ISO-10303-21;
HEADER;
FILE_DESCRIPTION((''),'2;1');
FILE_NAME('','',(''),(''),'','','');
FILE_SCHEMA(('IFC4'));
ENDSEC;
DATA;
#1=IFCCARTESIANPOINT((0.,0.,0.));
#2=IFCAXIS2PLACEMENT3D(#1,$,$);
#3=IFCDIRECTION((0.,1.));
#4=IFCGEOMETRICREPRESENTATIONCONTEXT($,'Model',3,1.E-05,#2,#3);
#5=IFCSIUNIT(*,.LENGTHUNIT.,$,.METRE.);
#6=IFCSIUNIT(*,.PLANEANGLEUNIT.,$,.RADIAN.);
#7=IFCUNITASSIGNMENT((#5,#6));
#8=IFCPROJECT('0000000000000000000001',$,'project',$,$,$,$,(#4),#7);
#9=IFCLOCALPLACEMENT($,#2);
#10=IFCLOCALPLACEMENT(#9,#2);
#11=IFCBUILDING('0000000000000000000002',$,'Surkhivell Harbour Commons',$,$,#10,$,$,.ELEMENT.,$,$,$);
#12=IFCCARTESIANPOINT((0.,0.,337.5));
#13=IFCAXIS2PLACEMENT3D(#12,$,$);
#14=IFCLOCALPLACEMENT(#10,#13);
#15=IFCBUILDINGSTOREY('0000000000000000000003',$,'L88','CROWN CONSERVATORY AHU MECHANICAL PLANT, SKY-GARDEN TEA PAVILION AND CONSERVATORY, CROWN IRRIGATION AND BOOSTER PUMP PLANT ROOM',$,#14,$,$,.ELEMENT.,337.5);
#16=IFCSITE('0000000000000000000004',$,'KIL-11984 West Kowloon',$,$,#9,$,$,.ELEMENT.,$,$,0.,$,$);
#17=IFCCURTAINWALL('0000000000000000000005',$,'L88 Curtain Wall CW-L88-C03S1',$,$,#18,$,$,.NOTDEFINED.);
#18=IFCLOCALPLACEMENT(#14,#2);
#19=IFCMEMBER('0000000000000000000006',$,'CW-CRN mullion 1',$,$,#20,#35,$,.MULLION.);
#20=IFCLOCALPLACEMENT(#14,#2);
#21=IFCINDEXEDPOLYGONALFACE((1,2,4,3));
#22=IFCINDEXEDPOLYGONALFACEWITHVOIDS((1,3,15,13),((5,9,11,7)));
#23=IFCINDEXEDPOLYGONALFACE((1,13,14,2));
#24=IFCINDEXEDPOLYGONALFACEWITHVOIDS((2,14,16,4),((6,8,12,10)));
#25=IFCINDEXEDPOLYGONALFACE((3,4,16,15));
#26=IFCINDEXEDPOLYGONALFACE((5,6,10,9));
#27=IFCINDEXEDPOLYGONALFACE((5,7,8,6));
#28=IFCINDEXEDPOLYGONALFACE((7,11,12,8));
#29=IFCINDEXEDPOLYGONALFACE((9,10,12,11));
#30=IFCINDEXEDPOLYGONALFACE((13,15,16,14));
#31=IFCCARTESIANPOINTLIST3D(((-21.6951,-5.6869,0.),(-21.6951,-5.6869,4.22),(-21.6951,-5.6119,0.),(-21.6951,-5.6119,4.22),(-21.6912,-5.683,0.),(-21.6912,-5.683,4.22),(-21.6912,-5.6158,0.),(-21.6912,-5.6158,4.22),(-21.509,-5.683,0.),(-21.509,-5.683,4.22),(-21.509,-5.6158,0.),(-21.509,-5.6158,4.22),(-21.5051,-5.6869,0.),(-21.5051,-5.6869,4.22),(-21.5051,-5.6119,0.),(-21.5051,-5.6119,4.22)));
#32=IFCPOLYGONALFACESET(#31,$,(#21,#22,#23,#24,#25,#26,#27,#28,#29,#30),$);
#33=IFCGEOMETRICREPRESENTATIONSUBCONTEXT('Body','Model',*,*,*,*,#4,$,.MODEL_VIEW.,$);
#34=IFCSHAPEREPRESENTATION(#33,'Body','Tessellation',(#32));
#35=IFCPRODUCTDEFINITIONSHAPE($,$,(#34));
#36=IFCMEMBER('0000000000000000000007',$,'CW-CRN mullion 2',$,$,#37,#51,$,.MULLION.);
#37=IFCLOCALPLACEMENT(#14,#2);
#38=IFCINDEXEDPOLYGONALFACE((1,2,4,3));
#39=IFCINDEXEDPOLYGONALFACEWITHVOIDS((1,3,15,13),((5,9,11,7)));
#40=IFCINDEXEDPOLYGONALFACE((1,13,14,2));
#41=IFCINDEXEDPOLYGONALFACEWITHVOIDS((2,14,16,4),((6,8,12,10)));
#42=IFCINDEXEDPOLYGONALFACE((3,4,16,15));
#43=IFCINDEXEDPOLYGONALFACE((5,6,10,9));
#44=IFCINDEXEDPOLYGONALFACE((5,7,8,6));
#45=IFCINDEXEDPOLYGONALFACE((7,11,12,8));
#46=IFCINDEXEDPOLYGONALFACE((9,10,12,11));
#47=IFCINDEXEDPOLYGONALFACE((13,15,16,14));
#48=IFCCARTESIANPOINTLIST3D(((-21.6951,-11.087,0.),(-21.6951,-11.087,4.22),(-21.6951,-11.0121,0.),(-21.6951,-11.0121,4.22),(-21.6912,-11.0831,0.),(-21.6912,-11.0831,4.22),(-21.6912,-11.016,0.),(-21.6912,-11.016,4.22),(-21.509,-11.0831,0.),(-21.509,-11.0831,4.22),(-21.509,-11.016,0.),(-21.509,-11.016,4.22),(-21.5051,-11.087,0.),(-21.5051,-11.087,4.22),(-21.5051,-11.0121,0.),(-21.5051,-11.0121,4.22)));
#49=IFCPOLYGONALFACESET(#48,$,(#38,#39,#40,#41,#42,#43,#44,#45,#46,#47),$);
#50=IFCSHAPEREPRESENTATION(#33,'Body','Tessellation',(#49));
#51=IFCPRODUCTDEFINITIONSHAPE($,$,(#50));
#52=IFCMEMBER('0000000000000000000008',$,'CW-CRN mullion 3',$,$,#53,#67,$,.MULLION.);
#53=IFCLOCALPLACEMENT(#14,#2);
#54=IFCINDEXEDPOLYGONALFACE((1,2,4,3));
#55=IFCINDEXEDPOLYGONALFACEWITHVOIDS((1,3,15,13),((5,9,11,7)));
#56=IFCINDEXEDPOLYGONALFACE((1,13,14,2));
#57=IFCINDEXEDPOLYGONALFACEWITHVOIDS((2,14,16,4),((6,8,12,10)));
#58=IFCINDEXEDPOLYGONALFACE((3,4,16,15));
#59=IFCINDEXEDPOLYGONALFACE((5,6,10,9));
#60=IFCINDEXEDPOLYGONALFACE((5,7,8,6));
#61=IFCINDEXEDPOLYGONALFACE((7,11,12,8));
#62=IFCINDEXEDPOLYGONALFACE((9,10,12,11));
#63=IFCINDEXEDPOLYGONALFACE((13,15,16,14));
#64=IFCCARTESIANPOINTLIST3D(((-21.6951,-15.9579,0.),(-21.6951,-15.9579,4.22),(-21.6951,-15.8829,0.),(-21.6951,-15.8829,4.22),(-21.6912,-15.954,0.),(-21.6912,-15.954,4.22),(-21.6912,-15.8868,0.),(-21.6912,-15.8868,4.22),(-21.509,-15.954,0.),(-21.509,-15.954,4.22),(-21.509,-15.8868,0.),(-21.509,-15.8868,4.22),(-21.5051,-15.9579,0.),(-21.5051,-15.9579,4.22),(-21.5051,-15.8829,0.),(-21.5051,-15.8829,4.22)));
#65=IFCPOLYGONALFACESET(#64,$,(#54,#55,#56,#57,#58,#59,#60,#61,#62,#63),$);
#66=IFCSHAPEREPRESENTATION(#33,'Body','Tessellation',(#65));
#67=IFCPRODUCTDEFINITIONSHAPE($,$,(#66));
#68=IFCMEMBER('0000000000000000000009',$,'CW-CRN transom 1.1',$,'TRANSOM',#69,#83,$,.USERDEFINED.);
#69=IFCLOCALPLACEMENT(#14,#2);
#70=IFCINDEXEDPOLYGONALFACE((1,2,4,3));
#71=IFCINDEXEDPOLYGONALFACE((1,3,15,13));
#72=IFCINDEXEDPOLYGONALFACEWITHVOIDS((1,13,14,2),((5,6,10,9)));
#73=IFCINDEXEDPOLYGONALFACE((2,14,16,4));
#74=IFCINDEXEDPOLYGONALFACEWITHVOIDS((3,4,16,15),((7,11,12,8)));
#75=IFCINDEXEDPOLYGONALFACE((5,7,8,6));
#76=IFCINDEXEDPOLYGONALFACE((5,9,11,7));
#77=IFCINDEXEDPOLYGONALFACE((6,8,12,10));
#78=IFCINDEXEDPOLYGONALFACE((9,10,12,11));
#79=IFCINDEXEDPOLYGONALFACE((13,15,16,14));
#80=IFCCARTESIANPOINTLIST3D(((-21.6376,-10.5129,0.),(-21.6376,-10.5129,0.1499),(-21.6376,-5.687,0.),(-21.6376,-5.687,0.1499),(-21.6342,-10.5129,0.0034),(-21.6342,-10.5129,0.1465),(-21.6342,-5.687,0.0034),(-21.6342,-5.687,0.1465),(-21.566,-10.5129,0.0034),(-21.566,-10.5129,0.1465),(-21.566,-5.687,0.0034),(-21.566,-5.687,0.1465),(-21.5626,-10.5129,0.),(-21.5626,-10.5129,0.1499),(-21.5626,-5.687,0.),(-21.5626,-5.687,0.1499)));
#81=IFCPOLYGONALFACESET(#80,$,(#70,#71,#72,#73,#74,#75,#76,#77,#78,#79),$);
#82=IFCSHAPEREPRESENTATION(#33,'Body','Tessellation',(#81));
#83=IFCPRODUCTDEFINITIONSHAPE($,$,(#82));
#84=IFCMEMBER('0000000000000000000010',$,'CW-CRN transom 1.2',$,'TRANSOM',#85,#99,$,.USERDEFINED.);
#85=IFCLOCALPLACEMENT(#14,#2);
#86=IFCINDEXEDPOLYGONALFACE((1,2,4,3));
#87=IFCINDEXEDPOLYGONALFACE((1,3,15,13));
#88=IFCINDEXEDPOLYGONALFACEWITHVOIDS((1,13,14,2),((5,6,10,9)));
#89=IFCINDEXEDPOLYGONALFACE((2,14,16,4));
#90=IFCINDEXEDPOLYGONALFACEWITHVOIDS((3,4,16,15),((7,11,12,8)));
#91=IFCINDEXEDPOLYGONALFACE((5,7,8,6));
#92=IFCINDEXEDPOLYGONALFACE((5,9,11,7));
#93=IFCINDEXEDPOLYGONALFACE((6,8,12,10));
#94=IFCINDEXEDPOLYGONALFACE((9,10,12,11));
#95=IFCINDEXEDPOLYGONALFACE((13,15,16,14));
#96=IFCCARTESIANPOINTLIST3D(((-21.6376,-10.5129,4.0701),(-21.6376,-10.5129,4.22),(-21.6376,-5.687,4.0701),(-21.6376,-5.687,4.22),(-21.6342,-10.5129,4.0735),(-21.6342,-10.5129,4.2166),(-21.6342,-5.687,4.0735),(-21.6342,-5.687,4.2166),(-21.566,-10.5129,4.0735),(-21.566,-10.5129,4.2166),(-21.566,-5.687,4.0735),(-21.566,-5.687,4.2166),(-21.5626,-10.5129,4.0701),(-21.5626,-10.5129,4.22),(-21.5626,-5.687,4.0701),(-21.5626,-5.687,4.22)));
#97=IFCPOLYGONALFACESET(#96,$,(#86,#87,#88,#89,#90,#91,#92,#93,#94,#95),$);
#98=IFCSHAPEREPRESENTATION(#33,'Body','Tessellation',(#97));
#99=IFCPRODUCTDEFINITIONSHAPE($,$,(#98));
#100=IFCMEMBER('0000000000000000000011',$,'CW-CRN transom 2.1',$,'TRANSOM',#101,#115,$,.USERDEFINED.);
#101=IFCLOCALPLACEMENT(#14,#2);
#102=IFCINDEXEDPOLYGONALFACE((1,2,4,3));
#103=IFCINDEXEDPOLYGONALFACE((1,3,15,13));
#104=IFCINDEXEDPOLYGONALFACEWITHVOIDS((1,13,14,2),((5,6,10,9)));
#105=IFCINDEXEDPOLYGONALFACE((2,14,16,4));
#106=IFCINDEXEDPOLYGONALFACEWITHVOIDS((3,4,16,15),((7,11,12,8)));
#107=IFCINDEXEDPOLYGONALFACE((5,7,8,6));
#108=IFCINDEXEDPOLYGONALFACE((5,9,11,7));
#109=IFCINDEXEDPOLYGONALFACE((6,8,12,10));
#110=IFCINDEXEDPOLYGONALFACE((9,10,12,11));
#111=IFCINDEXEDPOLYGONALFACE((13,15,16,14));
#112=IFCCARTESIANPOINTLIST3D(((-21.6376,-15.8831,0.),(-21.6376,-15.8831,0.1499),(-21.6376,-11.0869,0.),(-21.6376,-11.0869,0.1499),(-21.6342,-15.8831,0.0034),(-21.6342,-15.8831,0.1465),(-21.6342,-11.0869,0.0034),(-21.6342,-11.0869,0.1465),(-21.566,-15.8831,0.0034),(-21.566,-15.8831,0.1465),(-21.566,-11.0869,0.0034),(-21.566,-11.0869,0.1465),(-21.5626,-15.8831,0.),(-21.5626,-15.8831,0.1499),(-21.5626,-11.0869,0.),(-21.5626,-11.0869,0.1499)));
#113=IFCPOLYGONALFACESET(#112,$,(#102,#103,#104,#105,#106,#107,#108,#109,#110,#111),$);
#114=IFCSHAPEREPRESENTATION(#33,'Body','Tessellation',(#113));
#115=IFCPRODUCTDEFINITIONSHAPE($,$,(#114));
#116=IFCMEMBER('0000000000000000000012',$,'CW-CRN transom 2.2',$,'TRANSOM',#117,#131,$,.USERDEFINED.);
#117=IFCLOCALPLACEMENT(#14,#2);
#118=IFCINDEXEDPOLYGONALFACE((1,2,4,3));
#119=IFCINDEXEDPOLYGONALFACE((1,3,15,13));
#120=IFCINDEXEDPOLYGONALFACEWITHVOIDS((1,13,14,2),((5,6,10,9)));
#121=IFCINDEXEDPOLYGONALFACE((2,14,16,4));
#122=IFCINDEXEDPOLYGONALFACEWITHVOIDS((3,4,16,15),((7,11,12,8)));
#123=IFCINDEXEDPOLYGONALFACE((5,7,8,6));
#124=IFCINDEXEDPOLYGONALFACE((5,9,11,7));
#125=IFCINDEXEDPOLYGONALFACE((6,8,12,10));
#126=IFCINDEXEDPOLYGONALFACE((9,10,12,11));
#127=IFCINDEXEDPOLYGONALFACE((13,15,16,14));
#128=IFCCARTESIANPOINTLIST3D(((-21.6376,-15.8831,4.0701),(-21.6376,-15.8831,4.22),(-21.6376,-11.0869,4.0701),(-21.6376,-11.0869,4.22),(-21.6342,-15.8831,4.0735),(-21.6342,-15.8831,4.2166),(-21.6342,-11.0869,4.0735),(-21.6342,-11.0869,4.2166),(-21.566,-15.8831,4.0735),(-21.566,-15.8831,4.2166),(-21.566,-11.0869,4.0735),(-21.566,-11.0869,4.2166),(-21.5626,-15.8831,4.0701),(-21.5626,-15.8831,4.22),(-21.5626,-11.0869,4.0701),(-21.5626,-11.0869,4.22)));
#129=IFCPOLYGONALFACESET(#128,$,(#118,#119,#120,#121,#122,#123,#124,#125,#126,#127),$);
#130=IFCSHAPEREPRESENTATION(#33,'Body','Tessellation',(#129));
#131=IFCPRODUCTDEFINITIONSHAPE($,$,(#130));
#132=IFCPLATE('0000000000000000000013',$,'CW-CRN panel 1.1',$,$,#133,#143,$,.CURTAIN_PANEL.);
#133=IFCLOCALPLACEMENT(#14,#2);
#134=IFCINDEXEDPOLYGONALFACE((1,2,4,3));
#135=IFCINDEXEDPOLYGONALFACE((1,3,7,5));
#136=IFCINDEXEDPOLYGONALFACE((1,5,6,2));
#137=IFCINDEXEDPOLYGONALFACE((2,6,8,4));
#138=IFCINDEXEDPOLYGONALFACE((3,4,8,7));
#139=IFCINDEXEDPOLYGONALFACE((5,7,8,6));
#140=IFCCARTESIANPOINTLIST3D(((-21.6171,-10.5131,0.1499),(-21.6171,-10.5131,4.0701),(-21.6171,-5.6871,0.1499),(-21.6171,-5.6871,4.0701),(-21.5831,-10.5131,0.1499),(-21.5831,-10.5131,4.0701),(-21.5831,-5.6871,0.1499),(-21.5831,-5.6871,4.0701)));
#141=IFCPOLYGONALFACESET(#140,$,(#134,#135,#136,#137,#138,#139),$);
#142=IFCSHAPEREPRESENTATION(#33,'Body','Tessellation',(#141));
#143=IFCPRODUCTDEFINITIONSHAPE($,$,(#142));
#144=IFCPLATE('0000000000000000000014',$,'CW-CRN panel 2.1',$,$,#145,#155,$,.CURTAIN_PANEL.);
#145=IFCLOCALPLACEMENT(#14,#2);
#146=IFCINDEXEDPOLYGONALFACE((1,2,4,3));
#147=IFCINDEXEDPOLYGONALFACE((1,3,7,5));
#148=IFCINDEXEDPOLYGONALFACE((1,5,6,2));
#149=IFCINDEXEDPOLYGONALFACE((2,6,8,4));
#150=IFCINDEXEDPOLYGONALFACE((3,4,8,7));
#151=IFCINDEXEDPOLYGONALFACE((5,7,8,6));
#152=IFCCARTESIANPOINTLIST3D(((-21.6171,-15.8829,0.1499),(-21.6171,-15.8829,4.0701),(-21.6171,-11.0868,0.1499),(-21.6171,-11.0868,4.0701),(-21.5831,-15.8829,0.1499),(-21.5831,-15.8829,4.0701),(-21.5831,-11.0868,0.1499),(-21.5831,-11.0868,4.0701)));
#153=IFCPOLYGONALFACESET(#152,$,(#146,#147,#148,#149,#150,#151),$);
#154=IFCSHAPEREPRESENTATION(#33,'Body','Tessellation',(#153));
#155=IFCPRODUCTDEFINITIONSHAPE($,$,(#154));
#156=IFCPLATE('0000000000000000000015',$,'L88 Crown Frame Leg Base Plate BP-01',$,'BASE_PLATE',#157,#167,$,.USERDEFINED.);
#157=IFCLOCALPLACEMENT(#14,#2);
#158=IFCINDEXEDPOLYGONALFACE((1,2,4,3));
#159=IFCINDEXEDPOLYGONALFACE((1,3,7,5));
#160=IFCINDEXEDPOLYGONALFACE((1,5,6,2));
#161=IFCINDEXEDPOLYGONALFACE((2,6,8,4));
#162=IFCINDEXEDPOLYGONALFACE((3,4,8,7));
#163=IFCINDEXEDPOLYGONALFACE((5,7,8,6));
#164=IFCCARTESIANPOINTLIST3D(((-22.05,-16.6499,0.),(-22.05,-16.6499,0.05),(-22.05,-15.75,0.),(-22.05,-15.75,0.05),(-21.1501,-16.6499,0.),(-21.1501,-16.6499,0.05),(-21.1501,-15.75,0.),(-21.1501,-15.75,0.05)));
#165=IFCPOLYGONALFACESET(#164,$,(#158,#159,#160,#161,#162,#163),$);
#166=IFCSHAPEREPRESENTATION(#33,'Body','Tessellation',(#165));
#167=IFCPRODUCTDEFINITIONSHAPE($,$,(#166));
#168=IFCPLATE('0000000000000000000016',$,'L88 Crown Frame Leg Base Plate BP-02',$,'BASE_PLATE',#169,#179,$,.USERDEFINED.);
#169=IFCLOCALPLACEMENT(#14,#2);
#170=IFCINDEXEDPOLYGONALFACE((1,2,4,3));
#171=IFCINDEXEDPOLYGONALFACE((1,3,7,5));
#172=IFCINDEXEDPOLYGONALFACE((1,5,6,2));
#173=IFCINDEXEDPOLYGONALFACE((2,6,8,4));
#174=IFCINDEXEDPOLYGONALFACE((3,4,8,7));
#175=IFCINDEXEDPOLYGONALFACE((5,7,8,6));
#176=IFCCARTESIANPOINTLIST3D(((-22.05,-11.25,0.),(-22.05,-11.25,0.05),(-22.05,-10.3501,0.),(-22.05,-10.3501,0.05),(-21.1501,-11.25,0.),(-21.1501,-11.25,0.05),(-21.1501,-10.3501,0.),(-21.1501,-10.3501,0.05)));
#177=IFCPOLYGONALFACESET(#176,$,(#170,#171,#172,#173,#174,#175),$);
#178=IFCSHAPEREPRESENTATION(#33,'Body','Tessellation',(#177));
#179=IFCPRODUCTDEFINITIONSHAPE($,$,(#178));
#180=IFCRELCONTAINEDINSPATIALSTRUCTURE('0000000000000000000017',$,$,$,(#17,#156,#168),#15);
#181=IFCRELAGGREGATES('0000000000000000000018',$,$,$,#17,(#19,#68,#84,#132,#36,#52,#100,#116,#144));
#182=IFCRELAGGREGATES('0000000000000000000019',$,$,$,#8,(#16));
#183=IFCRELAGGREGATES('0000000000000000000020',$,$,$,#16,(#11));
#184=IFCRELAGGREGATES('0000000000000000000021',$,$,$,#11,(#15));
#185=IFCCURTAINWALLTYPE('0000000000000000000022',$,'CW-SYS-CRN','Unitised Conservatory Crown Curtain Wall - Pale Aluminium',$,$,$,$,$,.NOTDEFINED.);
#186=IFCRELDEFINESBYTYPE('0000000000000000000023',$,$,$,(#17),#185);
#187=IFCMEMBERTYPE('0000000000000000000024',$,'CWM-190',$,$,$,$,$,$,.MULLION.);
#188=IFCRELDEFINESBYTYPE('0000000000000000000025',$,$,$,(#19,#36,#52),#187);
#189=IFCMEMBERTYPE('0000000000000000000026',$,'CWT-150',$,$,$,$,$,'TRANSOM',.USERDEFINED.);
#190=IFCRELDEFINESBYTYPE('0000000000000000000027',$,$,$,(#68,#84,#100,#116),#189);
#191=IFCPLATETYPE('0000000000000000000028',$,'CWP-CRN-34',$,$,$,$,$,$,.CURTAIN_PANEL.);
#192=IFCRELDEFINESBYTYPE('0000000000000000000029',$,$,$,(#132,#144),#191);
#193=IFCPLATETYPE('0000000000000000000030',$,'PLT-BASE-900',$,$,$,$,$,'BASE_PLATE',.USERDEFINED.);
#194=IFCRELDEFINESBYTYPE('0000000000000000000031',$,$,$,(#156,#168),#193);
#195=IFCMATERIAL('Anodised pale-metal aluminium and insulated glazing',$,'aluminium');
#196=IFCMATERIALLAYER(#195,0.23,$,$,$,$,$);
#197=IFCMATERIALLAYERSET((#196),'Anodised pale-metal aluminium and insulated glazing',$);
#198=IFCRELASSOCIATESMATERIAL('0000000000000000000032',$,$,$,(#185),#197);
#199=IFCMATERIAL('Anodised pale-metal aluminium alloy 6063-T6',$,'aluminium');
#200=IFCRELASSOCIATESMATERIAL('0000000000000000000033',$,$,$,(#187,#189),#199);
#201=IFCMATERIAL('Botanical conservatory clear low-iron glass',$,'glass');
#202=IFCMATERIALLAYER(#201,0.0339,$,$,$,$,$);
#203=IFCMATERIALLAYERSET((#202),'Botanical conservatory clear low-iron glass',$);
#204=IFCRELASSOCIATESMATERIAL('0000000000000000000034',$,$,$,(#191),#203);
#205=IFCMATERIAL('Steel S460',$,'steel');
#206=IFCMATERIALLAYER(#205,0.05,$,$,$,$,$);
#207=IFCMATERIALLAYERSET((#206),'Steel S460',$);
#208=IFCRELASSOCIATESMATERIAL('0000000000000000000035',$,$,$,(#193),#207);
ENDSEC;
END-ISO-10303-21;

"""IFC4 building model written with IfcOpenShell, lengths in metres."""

from ifc_helpers import new_model, si_unit, direction, frame, frame_2d, origin, origin_2d, place, context, subcontext, project, spatial, rectangle, hollow_rectangle, extrude, material, layer, layer_set, material_profile, profile_set, type_object, element, aggregate, save


model = new_model("IFC4")

# Units and contexts
model_context = context("Model", 3, precision=1e-05, world=origin(), true_north=direction((0.0, 1.0)))
body_context = subcontext(model_context, "Body", "Model", "MODEL_VIEW")
ifc_project = project(units=[si_unit("LENGTHUNIT", "METRE"), si_unit("PLANEANGLEUNIT", "RADIAN")], contexts=[model_context])

# Site, building, storey
site_placement = place(None, origin())
site = spatial("IfcSite", under=ifc_project, at=site_placement, Name="KIL-11984 West Kowloon", CompositionType="ELEMENT", RefElevation=0.0)
building_placement = place(site_placement, origin())
building = spatial("IfcBuilding", under=site, at=building_placement, Name="Surkhivell Harbour Commons", CompositionType="ELEMENT")
storey_placement = place(building_placement, frame((0.0, 0.0, 337.5)))
storey = spatial("IfcBuildingStorey", under=building, at=storey_placement, Name="L88", Description="CROWN CONSERVATORY AHU MECHANICAL PLANT, SKY-GARDEN TEA PAVILION AND CONSERVATORY, CROWN IRRIGATION AND BOOSTER PUMP PLANT ROOM", CompositionType="ELEMENT", Elevation=337.5)

# Shared definitions
ifc_material_1 = material(Name="Steel S460", Category="steel")

# Curtain wall, members, plates
ifc_material_2 = material(Name="Anodised pale-metal aluminium and insulated glazing", Category="aluminium")
ifc_layer_1 = layer(ifc_material_2, 0.23)
ifc_layer_set_1 = layer_set([ifc_layer_1], Name="Anodised pale-metal aluminium and insulated glazing")
curtain_wall_type = type_object("IfcCurtainWallType", Name="CW-SYS-CRN", Description="Unitised Conservatory Crown Curtain Wall - Pale Aluminium", PredefinedType="NOTDEFINED", material=ifc_layer_set_1)
curtain_wall_placement = place(storey_placement, origin())
curtain_wall = element("IfcCurtainWall", 1, at=curtain_wall_placement, inside=storey, type_object=curtain_wall_type, Name="L88 Curtain Wall CW-L88-C03S1", PredefinedType="NOTDEFINED")
ifc_material_3 = material(Name="Anodised pale-metal aluminium alloy 6063-T6", Category="aluminium")
ifc_material_profile_1 = material_profile(ifc_material_3, hollow_rectangle(XDim=0.075, YDim=0.1899, WallThickness=0.0039, at=origin_2d()), Name="ALU-MULL-75x190")
ifc_profile_set_1 = profile_set([ifc_material_profile_1], Name="Anodised pale-metal aluminium alloy 6063-T6")
member_type_1 = type_object("IfcMemberType", Name="CWM-190", PredefinedType="MULLION", material=ifc_profile_set_1)
member_1_placement = place(storey_placement, frame((-21.6001, -5.6494, 0.0), z_axis=(0.0, 0.0, 1.0), x_axis=(0.0, -1.0, 0.0)))
member_1 = element("IfcMember", 2, at=member_1_placement, type_object=member_type_1, Name="CW-CRN mullion 1", PredefinedType="MULLION", context=body_context, shape_type="SweptSolid", body=[
    extrude(hollow_rectangle(XDim=0.075, YDim=0.1899, WallThickness=0.0039, at=origin_2d()), origin(), (0.0, 0.0, 1.0), 4.22),
])
member_2_placement = place(storey_placement, frame((-21.6001, -11.0496, 0.0), z_axis=(0.0, 0.0, 1.0), x_axis=(0.0, -1.0, 0.0)))
member_2 = element("IfcMember", 3, at=member_2_placement, type_object=member_type_1, Name="CW-CRN mullion 2", PredefinedType="MULLION", context=body_context, shape_type="SweptSolid", body=[
    extrude(hollow_rectangle(XDim=0.075, YDim=0.1899, WallThickness=0.0039, at=origin_2d()), origin(), (0.0, 0.0, 1.0), 4.22),
])
member_3_placement = place(storey_placement, frame((-21.6001, -15.9204, 0.0), z_axis=(0.0, 0.0, 1.0), x_axis=(0.0, -1.0, 0.0)))
member_3 = element("IfcMember", 4, at=member_3_placement, type_object=member_type_1, Name="CW-CRN mullion 3", PredefinedType="MULLION", context=body_context, shape_type="SweptSolid", body=[
    extrude(hollow_rectangle(XDim=0.075, YDim=0.1899, WallThickness=0.0039, at=origin_2d()), origin(), (0.0, 0.0, 1.0), 4.22),
])
ifc_material_profile_2 = material_profile(ifc_material_3, hollow_rectangle(XDim=0.075, YDim=0.1499, WallThickness=0.0034, at=origin_2d()), Name="ALU-TRAN-75x150")
ifc_profile_set_2 = profile_set([ifc_material_profile_2], Name="Anodised pale-metal aluminium alloy 6063-T6")
member_type_2 = type_object("IfcMemberType", Name="CWT-150", ElementType="TRANSOM", PredefinedType="USERDEFINED", material=ifc_profile_set_2)
member_4_placement = place(storey_placement, frame((-21.6001, -5.687, 0.075), z_axis=(0.0, -1.0, 0.0), x_axis=(1.0, 0.0, 0.0)))
member_4 = element("IfcMember", 5, at=member_4_placement, type_object=member_type_2, Name="CW-CRN transom 1.1", ObjectType="TRANSOM", PredefinedType="USERDEFINED", context=body_context, shape_type="SweptSolid", body=[
    extrude(hollow_rectangle(XDim=0.075, YDim=0.1499, WallThickness=0.0034, at=origin_2d()), origin(), (0.0, 0.0, 1.0), 4.8259),
])
member_5_placement = place(storey_placement, frame((-21.6001, -5.687, 4.145), z_axis=(0.0, -1.0, 0.0), x_axis=(1.0, 0.0, 0.0)))
member_5 = element("IfcMember", 6, at=member_5_placement, type_object=member_type_2, Name="CW-CRN transom 1.2", ObjectType="TRANSOM", PredefinedType="USERDEFINED", context=body_context, shape_type="SweptSolid", body=[
    extrude(hollow_rectangle(XDim=0.075, YDim=0.1499, WallThickness=0.0034, at=origin_2d()), origin(), (0.0, 0.0, 1.0), 4.8259),
])
member_6_placement = place(storey_placement, frame((-21.6001, -11.0869, 0.075), z_axis=(0.0, -1.0, 0.0), x_axis=(1.0, 0.0, 0.0)))
member_6 = element("IfcMember", 7, at=member_6_placement, type_object=member_type_2, Name="CW-CRN transom 2.1", ObjectType="TRANSOM", PredefinedType="USERDEFINED", context=body_context, shape_type="SweptSolid", body=[
    extrude(hollow_rectangle(XDim=0.075, YDim=0.1499, WallThickness=0.0034, at=origin_2d()), origin(), (0.0, 0.0, 1.0), 4.7961),
])
member_7_placement = place(storey_placement, frame((-21.6001, -11.0869, 4.145), z_axis=(0.0, -1.0, 0.0), x_axis=(1.0, 0.0, 0.0)))
member_7 = element("IfcMember", 8, at=member_7_placement, type_object=member_type_2, Name="CW-CRN transom 2.2", ObjectType="TRANSOM", PredefinedType="USERDEFINED", context=body_context, shape_type="SweptSolid", body=[
    extrude(hollow_rectangle(XDim=0.075, YDim=0.1499, WallThickness=0.0034, at=origin_2d()), origin(), (0.0, 0.0, 1.0), 4.7961),
])
ifc_material_4 = material(Name="Botanical conservatory clear low-iron glass", Category="glass")
ifc_layer_2 = layer(ifc_material_4, 0.0339)
ifc_layer_set_2 = layer_set([ifc_layer_2], Name="Botanical conservatory clear low-iron glass")
plate_type_1 = type_object("IfcPlateType", Name="CWP-CRN-34", PredefinedType="CURTAIN_PANEL", material=ifc_layer_set_2)
plate_1_placement = place(storey_placement, frame((-21.6001, -5.687, 0.1499), z_axis=(0.0, 0.0, 1.0), x_axis=(0.0, -1.0, 0.0)))
plate_1 = element("IfcPlate", 9, at=plate_1_placement, type_object=plate_type_1, Name="CW-CRN panel 1.1", PredefinedType="CURTAIN_PANEL", context=body_context, shape_type="SweptSolid", body=[
    extrude(rectangle(XDim=4.8259, YDim=0.0339, at=frame_2d((2.4131, 0.0))), origin(), (0.0, 0.0, 1.0), 3.9202),
])
plate_2_placement = place(storey_placement, frame((-21.6001, -11.0869, 0.1499), z_axis=(0.0, 0.0, 1.0), x_axis=(0.0, -1.0, 0.0)))
plate_2 = element("IfcPlate", 10, at=plate_2_placement, type_object=plate_type_1, Name="CW-CRN panel 2.1", PredefinedType="CURTAIN_PANEL", context=body_context, shape_type="SweptSolid", body=[
    extrude(rectangle(XDim=4.7961, YDim=0.0339, at=frame_2d((2.3979, 0.0))), origin(), (0.0, 0.0, 1.0), 3.9202),
])
aggregate(curtain_wall, [member_1, member_4, member_5, plate_1, member_2, member_3, member_6, member_7, plate_2])

# Plates
ifc_layer_3 = layer(ifc_material_1, 0.05)
ifc_layer_set_3 = layer_set([ifc_layer_3], Name="Steel S460")
plate_type_2 = type_object("IfcPlateType", Name="PLT-BASE-900", ElementType="BASE_PLATE", PredefinedType="USERDEFINED", material=ifc_layer_set_3)
for number, where, z_axis, x_axis, name in (
    (11, (-21.6001, -16.2, 0.0), (0.0, 0.0, 1.0), (1.0, 0.0, 0.0), "L88 Crown Frame Leg Base Plate BP-01"),
    (12, (-21.6001, -10.8, 0.0), (0.0, 0.0, 1.0), (1.0, 0.0, 0.0), "L88 Crown Frame Leg Base Plate BP-02"),
):
    element("IfcPlate", number, at=place(storey_placement, frame(where, z_axis=z_axis, x_axis=x_axis)), inside=storey, type_object=plate_type_2, Name=name, ObjectType="BASE_PLATE", PredefinedType="USERDEFINED", context=body_context, shape_type="SweptSolid", body=[
        extrude(rectangle(XDim=0.8999, YDim=0.8999, at=origin_2d()), origin(), (0.0, 0.0, 1.0), 0.05),
    ])

save(model, "model.ifc")
